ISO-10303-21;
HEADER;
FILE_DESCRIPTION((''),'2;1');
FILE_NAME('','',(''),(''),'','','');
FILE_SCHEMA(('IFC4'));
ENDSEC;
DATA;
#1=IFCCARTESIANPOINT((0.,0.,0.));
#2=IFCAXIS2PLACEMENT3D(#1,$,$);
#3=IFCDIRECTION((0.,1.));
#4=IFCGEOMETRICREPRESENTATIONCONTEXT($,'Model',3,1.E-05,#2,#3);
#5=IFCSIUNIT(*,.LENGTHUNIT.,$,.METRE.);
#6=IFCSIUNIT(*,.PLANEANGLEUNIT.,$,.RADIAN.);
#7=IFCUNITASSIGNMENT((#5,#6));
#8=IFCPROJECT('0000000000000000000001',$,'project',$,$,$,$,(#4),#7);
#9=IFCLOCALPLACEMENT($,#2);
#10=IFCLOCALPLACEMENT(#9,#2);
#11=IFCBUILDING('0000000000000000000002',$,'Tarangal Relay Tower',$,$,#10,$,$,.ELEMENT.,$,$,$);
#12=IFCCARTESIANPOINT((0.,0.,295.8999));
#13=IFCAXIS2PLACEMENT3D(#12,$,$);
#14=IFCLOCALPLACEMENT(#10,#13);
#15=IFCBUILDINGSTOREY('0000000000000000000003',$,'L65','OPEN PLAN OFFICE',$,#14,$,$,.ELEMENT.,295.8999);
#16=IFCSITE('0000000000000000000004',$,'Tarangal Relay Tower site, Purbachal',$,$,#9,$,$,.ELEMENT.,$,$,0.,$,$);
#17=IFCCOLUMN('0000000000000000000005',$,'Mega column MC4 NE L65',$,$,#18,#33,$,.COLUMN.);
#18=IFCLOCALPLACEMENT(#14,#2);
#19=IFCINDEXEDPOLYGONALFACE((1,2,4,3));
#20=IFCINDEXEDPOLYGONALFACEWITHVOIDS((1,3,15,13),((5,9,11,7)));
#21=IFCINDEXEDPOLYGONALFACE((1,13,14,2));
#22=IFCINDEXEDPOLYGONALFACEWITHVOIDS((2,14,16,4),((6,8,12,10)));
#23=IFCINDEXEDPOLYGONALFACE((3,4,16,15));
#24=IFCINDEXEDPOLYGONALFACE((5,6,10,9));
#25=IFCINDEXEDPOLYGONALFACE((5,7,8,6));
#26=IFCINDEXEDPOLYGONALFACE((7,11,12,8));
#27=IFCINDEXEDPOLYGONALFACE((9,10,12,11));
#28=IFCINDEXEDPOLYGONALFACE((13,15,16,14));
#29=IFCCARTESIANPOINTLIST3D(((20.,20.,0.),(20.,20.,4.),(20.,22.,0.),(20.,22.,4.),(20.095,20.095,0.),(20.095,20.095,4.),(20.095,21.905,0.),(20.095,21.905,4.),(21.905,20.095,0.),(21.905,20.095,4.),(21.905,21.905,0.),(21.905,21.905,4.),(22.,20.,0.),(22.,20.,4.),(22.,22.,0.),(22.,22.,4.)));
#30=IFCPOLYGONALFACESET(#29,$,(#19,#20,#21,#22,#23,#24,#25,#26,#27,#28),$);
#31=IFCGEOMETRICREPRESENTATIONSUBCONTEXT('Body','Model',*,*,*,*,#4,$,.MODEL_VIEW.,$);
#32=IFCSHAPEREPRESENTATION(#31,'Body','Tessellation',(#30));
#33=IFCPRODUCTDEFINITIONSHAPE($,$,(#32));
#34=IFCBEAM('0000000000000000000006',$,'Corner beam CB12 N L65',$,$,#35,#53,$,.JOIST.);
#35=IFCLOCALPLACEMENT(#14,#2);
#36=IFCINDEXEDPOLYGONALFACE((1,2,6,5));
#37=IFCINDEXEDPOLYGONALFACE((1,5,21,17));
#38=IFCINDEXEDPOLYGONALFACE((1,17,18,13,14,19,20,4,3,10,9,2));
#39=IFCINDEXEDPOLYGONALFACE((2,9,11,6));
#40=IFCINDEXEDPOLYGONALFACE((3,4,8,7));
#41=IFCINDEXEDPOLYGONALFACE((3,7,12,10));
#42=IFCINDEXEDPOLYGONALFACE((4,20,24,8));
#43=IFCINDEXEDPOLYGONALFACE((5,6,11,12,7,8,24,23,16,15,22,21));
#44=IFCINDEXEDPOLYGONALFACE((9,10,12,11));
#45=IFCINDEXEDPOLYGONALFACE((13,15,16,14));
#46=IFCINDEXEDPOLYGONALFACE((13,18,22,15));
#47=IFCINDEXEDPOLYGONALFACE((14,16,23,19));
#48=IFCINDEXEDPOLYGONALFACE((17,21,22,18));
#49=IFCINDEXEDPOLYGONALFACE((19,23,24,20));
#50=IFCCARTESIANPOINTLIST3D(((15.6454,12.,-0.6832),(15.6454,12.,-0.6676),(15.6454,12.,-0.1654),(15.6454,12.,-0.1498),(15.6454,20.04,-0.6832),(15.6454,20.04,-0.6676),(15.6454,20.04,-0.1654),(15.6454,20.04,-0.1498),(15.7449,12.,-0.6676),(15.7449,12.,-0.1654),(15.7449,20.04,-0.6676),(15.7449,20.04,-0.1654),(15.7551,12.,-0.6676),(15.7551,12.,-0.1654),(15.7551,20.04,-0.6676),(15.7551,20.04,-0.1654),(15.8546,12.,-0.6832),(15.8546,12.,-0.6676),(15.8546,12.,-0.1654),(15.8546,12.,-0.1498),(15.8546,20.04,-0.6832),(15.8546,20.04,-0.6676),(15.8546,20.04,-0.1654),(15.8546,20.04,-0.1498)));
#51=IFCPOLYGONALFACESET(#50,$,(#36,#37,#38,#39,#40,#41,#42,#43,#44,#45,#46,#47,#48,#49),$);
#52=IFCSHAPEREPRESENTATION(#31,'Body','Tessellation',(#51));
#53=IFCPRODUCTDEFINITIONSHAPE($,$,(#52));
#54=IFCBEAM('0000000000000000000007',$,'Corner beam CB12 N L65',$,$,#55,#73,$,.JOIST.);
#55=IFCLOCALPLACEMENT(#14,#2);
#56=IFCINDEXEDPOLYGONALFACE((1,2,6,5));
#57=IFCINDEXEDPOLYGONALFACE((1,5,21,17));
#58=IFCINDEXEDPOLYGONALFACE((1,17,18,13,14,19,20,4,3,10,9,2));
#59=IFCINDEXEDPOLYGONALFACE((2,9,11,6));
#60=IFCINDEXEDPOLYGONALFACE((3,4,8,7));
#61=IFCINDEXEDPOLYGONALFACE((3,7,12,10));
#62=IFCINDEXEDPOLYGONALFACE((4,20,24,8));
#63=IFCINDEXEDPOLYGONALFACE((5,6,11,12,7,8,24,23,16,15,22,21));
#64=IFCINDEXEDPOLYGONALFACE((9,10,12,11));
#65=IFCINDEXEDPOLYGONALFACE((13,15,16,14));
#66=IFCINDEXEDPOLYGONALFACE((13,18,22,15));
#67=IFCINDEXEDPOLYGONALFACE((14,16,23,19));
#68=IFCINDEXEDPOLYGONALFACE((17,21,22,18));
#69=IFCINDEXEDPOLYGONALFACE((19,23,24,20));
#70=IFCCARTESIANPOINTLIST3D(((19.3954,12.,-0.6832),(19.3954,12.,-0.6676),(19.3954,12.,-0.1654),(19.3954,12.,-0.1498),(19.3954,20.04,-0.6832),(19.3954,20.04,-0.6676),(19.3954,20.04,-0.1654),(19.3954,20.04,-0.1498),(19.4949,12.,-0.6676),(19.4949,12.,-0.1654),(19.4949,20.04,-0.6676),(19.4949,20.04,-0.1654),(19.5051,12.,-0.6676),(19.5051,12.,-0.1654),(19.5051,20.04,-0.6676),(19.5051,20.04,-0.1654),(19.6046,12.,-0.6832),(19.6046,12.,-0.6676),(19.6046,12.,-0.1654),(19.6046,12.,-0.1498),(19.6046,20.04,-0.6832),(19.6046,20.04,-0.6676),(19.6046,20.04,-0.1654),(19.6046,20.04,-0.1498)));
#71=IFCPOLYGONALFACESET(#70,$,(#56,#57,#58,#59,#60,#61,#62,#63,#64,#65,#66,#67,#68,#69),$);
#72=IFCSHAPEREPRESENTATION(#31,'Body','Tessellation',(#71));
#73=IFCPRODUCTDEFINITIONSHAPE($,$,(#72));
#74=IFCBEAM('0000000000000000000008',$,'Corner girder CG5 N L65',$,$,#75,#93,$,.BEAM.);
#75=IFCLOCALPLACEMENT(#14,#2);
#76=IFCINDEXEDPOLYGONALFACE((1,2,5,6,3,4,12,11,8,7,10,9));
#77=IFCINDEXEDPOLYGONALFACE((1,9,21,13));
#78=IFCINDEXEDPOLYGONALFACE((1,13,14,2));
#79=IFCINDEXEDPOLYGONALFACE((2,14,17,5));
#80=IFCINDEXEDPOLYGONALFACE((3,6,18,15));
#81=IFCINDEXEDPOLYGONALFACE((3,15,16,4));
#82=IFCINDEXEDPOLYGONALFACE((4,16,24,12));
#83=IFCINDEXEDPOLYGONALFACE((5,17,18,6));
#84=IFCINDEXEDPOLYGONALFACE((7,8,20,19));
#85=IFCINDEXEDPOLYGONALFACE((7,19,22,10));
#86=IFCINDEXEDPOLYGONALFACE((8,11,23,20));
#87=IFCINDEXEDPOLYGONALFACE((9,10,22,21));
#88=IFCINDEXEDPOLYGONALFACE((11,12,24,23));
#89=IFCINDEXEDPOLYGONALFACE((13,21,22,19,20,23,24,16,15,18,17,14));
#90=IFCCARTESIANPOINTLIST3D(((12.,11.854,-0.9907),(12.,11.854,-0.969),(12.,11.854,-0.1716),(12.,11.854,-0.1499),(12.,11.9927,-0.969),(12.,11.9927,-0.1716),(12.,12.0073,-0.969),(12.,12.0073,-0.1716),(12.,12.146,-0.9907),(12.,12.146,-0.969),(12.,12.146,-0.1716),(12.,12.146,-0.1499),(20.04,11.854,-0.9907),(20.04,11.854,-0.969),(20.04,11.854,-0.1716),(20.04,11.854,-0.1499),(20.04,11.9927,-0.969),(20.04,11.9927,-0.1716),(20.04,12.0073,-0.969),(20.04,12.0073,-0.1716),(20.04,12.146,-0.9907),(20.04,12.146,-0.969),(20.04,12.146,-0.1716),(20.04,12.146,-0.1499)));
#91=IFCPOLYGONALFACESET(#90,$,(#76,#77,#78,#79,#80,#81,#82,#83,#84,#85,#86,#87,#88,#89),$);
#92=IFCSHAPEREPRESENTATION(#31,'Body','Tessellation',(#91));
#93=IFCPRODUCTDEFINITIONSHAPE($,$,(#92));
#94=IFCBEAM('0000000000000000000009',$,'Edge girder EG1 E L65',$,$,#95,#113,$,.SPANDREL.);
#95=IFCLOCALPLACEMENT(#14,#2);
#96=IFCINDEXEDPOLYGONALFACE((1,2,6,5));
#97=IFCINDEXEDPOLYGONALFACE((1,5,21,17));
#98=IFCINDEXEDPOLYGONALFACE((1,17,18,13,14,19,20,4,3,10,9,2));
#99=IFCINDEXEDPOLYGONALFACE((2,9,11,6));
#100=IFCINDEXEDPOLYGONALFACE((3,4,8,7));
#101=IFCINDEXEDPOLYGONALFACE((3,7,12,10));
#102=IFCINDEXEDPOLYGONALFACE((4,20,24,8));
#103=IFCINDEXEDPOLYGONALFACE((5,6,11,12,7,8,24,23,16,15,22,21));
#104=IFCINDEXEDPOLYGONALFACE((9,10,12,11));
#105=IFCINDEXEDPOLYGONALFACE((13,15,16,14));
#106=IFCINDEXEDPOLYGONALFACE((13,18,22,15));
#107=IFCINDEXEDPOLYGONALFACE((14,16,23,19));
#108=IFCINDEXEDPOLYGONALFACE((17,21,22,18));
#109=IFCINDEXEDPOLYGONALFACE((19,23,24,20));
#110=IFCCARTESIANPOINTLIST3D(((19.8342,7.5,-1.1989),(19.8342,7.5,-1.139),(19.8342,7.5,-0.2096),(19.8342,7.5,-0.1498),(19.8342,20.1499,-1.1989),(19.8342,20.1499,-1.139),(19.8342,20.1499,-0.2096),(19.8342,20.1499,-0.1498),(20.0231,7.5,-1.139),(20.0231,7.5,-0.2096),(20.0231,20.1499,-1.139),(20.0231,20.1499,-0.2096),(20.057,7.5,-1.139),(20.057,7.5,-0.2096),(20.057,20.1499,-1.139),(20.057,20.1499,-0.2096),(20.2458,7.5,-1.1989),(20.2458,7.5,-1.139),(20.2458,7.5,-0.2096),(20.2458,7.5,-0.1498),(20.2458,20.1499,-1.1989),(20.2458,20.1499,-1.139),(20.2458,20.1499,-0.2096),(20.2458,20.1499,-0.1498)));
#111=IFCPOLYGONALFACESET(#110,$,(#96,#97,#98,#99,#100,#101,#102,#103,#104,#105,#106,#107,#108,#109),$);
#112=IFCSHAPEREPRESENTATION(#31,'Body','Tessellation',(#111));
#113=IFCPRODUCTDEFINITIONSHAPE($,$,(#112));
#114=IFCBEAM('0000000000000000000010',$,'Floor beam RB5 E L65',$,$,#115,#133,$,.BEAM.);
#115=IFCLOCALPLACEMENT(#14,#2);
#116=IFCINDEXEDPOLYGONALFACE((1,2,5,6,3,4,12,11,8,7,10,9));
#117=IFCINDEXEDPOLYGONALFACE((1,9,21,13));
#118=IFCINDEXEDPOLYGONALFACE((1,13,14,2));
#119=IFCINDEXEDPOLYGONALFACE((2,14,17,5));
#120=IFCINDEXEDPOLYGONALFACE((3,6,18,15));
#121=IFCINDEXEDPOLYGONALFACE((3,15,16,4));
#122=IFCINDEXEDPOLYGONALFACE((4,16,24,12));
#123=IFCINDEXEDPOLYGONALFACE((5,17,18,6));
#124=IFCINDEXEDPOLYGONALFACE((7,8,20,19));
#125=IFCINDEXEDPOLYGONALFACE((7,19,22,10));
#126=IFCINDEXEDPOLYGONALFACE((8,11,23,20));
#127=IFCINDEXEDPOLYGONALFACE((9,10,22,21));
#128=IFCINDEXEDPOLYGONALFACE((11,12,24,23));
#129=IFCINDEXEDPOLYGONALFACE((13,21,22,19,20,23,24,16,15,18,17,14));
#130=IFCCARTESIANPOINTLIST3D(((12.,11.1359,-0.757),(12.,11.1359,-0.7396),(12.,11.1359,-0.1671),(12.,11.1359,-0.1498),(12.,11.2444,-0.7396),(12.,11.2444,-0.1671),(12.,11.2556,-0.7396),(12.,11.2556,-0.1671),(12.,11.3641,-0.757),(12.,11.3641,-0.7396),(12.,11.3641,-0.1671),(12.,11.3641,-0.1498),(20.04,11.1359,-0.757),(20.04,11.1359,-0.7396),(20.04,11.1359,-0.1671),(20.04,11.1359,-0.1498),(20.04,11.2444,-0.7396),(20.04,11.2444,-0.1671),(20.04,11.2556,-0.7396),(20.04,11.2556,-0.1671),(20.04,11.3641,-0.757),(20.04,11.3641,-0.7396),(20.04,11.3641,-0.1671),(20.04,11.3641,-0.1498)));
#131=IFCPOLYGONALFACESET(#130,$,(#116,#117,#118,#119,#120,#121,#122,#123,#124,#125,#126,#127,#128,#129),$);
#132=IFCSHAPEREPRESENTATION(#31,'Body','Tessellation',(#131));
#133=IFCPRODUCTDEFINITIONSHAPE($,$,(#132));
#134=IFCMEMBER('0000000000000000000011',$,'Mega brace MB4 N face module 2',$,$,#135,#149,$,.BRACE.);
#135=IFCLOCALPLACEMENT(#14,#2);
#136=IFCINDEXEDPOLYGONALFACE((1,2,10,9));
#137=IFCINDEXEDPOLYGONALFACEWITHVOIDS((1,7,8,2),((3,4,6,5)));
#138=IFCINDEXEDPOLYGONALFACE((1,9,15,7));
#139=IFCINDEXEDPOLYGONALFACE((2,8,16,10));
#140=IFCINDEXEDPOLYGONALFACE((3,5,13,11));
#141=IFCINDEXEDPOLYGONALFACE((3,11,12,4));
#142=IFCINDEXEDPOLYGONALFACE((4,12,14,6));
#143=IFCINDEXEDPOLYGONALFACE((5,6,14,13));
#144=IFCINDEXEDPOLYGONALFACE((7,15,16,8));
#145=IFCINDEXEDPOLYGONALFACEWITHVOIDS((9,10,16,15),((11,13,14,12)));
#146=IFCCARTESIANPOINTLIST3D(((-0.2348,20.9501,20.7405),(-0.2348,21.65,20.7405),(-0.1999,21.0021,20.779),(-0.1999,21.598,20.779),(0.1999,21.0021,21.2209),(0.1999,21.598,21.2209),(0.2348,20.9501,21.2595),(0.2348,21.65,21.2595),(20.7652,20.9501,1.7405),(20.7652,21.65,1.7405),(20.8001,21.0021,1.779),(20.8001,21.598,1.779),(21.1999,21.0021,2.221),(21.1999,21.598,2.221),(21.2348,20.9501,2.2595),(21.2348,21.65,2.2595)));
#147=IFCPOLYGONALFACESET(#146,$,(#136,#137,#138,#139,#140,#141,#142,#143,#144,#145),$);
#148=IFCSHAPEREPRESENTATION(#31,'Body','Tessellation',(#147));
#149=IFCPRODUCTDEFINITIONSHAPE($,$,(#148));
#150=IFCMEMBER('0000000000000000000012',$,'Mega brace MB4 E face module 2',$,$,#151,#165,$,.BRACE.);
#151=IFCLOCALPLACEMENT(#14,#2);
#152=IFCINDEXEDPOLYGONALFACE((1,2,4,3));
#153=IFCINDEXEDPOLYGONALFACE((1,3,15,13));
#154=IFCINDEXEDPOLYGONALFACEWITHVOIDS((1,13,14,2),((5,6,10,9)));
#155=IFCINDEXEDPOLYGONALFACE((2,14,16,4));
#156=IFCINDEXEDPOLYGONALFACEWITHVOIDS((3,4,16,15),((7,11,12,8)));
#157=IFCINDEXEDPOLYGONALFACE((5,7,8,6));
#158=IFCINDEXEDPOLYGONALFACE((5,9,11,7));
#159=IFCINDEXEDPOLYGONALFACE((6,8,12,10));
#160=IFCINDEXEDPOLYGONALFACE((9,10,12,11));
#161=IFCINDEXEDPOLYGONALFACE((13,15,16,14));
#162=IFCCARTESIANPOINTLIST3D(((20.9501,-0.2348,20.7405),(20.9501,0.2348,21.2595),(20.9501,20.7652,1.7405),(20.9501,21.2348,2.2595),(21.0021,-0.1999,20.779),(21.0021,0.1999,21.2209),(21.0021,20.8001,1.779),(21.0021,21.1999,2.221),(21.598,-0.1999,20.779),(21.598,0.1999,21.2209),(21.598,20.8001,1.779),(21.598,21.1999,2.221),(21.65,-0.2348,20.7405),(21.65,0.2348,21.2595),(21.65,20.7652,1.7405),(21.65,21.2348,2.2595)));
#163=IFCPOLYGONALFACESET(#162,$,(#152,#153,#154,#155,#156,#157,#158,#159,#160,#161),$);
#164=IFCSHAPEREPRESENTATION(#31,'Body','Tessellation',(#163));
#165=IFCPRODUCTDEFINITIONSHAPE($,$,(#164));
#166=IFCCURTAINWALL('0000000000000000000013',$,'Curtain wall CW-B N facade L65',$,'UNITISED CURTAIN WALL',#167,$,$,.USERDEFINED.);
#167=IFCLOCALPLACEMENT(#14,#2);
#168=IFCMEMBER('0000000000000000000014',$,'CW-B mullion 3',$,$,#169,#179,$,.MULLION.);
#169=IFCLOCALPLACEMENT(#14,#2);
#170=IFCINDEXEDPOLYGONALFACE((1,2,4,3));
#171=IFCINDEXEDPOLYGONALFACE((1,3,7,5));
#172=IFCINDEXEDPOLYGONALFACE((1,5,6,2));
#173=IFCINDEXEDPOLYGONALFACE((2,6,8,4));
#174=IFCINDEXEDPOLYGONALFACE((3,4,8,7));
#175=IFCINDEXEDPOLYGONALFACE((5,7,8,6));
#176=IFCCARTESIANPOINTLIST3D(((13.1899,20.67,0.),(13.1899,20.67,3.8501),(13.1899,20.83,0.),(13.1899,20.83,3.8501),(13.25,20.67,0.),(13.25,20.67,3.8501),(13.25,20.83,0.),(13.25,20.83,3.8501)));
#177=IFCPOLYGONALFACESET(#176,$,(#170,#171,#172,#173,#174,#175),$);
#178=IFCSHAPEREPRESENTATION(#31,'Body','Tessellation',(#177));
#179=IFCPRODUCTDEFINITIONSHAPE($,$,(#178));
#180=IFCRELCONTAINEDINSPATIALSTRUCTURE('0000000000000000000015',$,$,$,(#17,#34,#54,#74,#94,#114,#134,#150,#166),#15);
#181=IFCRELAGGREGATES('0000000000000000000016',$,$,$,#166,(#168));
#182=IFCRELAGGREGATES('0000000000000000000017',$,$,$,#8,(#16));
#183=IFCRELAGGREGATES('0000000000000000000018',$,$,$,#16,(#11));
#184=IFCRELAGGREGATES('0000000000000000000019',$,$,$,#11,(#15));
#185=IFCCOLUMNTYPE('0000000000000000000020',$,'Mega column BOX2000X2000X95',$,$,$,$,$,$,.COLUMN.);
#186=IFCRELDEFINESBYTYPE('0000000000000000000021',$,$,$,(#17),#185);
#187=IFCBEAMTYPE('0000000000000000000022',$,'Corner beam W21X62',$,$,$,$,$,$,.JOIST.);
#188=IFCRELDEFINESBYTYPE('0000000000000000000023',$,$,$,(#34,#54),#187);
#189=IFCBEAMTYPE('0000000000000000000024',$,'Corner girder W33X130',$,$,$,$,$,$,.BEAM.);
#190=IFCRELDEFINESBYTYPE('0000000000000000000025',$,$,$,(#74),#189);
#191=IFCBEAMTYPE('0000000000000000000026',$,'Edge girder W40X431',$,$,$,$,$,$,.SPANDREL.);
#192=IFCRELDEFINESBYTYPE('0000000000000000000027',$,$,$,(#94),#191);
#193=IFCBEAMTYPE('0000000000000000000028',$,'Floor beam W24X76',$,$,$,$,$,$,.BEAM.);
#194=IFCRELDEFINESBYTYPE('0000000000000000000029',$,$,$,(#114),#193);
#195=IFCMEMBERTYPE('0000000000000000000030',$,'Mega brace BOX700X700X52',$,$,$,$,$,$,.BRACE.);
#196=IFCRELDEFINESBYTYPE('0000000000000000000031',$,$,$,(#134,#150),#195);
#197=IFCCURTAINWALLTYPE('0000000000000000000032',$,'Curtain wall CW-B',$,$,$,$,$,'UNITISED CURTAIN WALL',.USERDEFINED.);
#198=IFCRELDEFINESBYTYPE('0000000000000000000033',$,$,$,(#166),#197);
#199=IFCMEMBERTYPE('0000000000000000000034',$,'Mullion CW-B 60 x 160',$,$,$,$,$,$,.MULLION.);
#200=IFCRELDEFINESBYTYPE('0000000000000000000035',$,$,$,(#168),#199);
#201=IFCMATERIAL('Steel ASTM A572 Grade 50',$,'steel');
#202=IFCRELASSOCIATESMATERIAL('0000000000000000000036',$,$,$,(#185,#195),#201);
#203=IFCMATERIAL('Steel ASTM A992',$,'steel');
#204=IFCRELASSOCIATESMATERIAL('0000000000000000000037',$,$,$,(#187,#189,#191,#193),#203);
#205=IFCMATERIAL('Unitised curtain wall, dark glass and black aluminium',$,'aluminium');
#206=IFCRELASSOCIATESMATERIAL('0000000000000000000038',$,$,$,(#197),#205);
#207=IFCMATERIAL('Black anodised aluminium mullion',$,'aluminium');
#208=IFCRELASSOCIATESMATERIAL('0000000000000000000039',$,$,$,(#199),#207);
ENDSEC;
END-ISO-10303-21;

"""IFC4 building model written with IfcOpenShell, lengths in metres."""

from ifc_helpers import new_model, si_unit, direction, frame, origin, origin_2d, place, context, subcontext, project, spatial, rectangle, hollow_rectangle, i_section, extrude, material, material_profile, profile_set, type_object, element, aggregate, save


model = new_model("IFC4")

# Units and contexts
model_context = context("Model", 3, precision=1e-05, world=origin(), true_north=direction((0.0, 1.0)))
body_context = subcontext(model_context, "Body", "Model", "MODEL_VIEW")
ifc_project = project(units=[si_unit("LENGTHUNIT", "METRE"), si_unit("PLANEANGLEUNIT", "RADIAN")], contexts=[model_context])

# Site, building, storey
site_placement = place(None, origin())
site = spatial("IfcSite", under=ifc_project, at=site_placement, Name="Tarangal Relay Tower site, Purbachal", CompositionType="ELEMENT", RefElevation=0.0)
building_placement = place(site_placement, origin())
building = spatial("IfcBuilding", under=site, at=building_placement, Name="Tarangal Relay Tower", CompositionType="ELEMENT")
storey_placement = place(building_placement, frame((0.0, 0.0, 295.8999)))
storey = spatial("IfcBuildingStorey", under=building, at=storey_placement, Name="L65", Description="OPEN PLAN OFFICE", CompositionType="ELEMENT", Elevation=295.8999)

# Column
ifc_material_1 = material(Name="Steel ASTM A572 Grade 50", Category="steel")
ifc_material_profile_1 = material_profile(ifc_material_1, hollow_rectangle(XDim=2.0, YDim=2.0, WallThickness=0.095, at=origin_2d()), Name="BOX2000X2000X95")
ifc_profile_set_1 = profile_set([ifc_material_profile_1], Name="Steel ASTM A572 Grade 50")
column_type = type_object("IfcColumnType", Name="Mega column BOX2000X2000X95", PredefinedType="COLUMN", material=ifc_profile_set_1)
column_placement = place(storey_placement, frame((21.0, 21.0, 0.0), z_axis=(0.0, 0.0, 1.0), x_axis=(1.0, 0.0, 0.0)))
element("IfcColumn", 1, at=column_placement, inside=storey, type_object=column_type, Name="Mega column MC4 NE L65", PredefinedType="COLUMN", context=body_context, shape_type="SweptSolid", body=[
    extrude(hollow_rectangle(XDim=2.0, YDim=2.0, WallThickness=0.095, at=origin_2d()), origin(), (0.0, 0.0, 1.0), 4.0),
])

# Beams
ifc_material_2 = material(Name="Steel ASTM A992", Category="steel")
ifc_material_profile_2 = material_profile(ifc_material_2, i_section(OverallWidth=0.2092, OverallDepth=0.5334, WebThickness=0.0103, FlangeThickness=0.0156, at=origin_2d()), Name="W21X62")
ifc_profile_set_2 = profile_set([ifc_material_profile_2], Name="Steel ASTM A992")
beam_type_1 = type_object("IfcBeamType", Name="Corner beam W21X62", PredefinedType="JOIST", material=ifc_profile_set_2)
for number, where, z_axis, x_axis, name in (
    (2, (15.75, 12.0, -0.4165), (0.0, 1.0, 0.0), (-1.0, 0.0, 0.0), "Corner beam CB12 N L65"),
    (3, (19.5, 12.0, -0.4165), (0.0, 1.0, 0.0), (-1.0, 0.0, 0.0), "Corner beam CB12 N L65"),
):
    element("IfcBeam", number, at=place(storey_placement, frame(where, z_axis=z_axis, x_axis=x_axis)), inside=storey, type_object=beam_type_1, Name=name, PredefinedType="JOIST", context=body_context, shape_type="SweptSolid", body=[
        extrude(i_section(OverallWidth=0.2092, OverallDepth=0.5334, WebThickness=0.0103, FlangeThickness=0.0156, at=origin_2d()), origin(), (0.0, 0.0, 1.0), 8.04),
    ])
ifc_material_profile_3 = material_profile(ifc_material_2, i_section(OverallWidth=0.292, OverallDepth=0.8408, WebThickness=0.0146, FlangeThickness=0.0217, at=origin_2d()), Name="W33X130")
ifc_profile_set_3 = profile_set([ifc_material_profile_3], Name="Steel ASTM A992")
beam_type_2 = type_object("IfcBeamType", Name="Corner girder W33X130", PredefinedType="BEAM", material=ifc_profile_set_3)
beam_1_placement = place(storey_placement, frame((12.0, 12.0, -0.5703), z_axis=(1.0, 0.0, 0.0), x_axis=(0.0, 1.0, 0.0)))
element("IfcBeam", 4, at=beam_1_placement, inside=storey, type_object=beam_type_2, Name="Corner girder CG5 N L65", PredefinedType="BEAM", context=body_context, shape_type="SweptSolid", body=[
    extrude(i_section(OverallWidth=0.292, OverallDepth=0.8408, WebThickness=0.0146, FlangeThickness=0.0217, at=origin_2d()), origin(), (0.0, 0.0, 1.0), 8.04),
])
ifc_material_profile_4 = material_profile(ifc_material_2, i_section(OverallWidth=0.4116, OverallDepth=1.0491, WebThickness=0.0339, FlangeThickness=0.0598, at=origin_2d()), Name="W40X431")
ifc_profile_set_4 = profile_set([ifc_material_profile_4], Name="Steel ASTM A992")
beam_type_3 = type_object("IfcBeamType", Name="Edge girder W40X431", PredefinedType="SPANDREL", material=ifc_profile_set_4)
beam_2_placement = place(storey_placement, frame((20.04, 20.1499, -0.6743), z_axis=(0.0, -1.0, 0.0), x_axis=(1.0, 0.0, 0.0)))
element("IfcBeam", 5, at=beam_2_placement, inside=storey, type_object=beam_type_3, Name="Edge girder EG1 E L65", PredefinedType="SPANDREL", context=body_context, shape_type="SweptSolid", body=[
    extrude(i_section(OverallWidth=0.4116, OverallDepth=1.0491, WebThickness=0.0339, FlangeThickness=0.0598, at=origin_2d()), origin(), (0.0, 0.0, 1.0), 12.6499),
])
ifc_material_profile_5 = material_profile(ifc_material_2, i_section(OverallWidth=0.2283, OverallDepth=0.6072, WebThickness=0.0112, FlangeThickness=0.0173, at=origin_2d()), Name="W24X76")
ifc_profile_set_5 = profile_set([ifc_material_profile_5], Name="Steel ASTM A992")
beam_type_4 = type_object("IfcBeamType", Name="Floor beam W24X76", PredefinedType="BEAM", material=ifc_profile_set_5)
beam_3_placement = place(storey_placement, frame((12.0, 11.25, -0.4534), z_axis=(1.0, 0.0, 0.0), x_axis=(0.0, 1.0, 0.0)))
element("IfcBeam", 6, at=beam_3_placement, inside=storey, type_object=beam_type_4, Name="Floor beam RB5 E L65", PredefinedType="BEAM", context=body_context, shape_type="SweptSolid", body=[
    extrude(i_section(OverallWidth=0.2283, OverallDepth=0.6072, WebThickness=0.0112, FlangeThickness=0.0173, at=origin_2d()), origin(), (0.0, 0.0, 1.0), 8.04),
])

# Members
ifc_material_profile_6 = material_profile(ifc_material_1, hollow_rectangle(XDim=0.7, YDim=0.7, WallThickness=0.052, at=origin_2d()), Name="BOX700X700X52")
ifc_profile_set_6 = profile_set([ifc_material_profile_6], Name="Steel ASTM A572 Grade 50")
member_type_1 = type_object("IfcMemberType", Name="Mega brace BOX700X700X52", PredefinedType="BRACE", material=ifc_profile_set_6)
for number, where, z_axis, x_axis, name in (
    (7, (21.0, 21.3, 2.0), (-0.741536, 0.0, 0.670913), (0.0, -1.0, 0.0), "Mega brace MB4 N face module 2"),
    (8, (21.3, 21.0, 2.0), (0.0, -0.741536, 0.670913), (1.0, 0.0, 0.0), "Mega brace MB4 E face module 2"),
):
    element("IfcMember", number, at=place(storey_placement, frame(where, z_axis=z_axis, x_axis=x_axis)), inside=storey, type_object=member_type_1, Name=name, PredefinedType="BRACE", context=body_context, shape_type="SweptSolid", body=[
        extrude(hollow_rectangle(XDim=0.7, YDim=0.7, WallThickness=0.052, at=origin_2d()), origin(), (0.0, 0.0, 1.0), 28.3196),
    ])

# Curtain wall, member
ifc_material_3 = material(Name="Unitised curtain wall, dark glass and black aluminium", Category="aluminium")
curtain_wall_type = type_object("IfcCurtainWallType", Name="Curtain wall CW-B", ElementType="UNITISED CURTAIN WALL", PredefinedType="USERDEFINED", material=ifc_material_3)
curtain_wall_1_placement = place(storey_placement, origin())
curtain_wall_1 = element("IfcCurtainWall", 9, at=curtain_wall_1_placement, inside=storey, type_object=curtain_wall_type, Name="Curtain wall CW-B N facade L65", ObjectType="UNITISED CURTAIN WALL", PredefinedType="USERDEFINED")
ifc_material_4 = material(Name="Black anodised aluminium mullion", Category="aluminium")
ifc_material_profile_7 = material_profile(ifc_material_4, rectangle(XDim=0.1599, YDim=0.0601, at=origin_2d()), Name="CW-BM 60X160")
ifc_profile_set_7 = profile_set([ifc_material_profile_7], Name="Black anodised aluminium mullion")
member_type_2 = type_object("IfcMemberType", Name="Mullion CW-B 60 x 160", PredefinedType="MULLION", material=ifc_profile_set_7)
member_1_placement = place(storey_placement, frame((13.22, 20.75, 0.0), z_axis=(0.0, 0.0, 1.0), x_axis=(0.0, 1.0, 0.0)))
member_1 = element("IfcMember", 10, at=member_1_placement, type_object=member_type_2, Name="CW-B mullion 3", PredefinedType="MULLION", context=body_context, shape_type="SweptSolid", body=[
    extrude(rectangle(XDim=0.1599, YDim=0.0601, at=origin_2d()), origin(), (0.0, 0.0, 1.0), 3.8501),
])

aggregate(curtain_wall_1, [member_1])

save(model, "model.ifc")
